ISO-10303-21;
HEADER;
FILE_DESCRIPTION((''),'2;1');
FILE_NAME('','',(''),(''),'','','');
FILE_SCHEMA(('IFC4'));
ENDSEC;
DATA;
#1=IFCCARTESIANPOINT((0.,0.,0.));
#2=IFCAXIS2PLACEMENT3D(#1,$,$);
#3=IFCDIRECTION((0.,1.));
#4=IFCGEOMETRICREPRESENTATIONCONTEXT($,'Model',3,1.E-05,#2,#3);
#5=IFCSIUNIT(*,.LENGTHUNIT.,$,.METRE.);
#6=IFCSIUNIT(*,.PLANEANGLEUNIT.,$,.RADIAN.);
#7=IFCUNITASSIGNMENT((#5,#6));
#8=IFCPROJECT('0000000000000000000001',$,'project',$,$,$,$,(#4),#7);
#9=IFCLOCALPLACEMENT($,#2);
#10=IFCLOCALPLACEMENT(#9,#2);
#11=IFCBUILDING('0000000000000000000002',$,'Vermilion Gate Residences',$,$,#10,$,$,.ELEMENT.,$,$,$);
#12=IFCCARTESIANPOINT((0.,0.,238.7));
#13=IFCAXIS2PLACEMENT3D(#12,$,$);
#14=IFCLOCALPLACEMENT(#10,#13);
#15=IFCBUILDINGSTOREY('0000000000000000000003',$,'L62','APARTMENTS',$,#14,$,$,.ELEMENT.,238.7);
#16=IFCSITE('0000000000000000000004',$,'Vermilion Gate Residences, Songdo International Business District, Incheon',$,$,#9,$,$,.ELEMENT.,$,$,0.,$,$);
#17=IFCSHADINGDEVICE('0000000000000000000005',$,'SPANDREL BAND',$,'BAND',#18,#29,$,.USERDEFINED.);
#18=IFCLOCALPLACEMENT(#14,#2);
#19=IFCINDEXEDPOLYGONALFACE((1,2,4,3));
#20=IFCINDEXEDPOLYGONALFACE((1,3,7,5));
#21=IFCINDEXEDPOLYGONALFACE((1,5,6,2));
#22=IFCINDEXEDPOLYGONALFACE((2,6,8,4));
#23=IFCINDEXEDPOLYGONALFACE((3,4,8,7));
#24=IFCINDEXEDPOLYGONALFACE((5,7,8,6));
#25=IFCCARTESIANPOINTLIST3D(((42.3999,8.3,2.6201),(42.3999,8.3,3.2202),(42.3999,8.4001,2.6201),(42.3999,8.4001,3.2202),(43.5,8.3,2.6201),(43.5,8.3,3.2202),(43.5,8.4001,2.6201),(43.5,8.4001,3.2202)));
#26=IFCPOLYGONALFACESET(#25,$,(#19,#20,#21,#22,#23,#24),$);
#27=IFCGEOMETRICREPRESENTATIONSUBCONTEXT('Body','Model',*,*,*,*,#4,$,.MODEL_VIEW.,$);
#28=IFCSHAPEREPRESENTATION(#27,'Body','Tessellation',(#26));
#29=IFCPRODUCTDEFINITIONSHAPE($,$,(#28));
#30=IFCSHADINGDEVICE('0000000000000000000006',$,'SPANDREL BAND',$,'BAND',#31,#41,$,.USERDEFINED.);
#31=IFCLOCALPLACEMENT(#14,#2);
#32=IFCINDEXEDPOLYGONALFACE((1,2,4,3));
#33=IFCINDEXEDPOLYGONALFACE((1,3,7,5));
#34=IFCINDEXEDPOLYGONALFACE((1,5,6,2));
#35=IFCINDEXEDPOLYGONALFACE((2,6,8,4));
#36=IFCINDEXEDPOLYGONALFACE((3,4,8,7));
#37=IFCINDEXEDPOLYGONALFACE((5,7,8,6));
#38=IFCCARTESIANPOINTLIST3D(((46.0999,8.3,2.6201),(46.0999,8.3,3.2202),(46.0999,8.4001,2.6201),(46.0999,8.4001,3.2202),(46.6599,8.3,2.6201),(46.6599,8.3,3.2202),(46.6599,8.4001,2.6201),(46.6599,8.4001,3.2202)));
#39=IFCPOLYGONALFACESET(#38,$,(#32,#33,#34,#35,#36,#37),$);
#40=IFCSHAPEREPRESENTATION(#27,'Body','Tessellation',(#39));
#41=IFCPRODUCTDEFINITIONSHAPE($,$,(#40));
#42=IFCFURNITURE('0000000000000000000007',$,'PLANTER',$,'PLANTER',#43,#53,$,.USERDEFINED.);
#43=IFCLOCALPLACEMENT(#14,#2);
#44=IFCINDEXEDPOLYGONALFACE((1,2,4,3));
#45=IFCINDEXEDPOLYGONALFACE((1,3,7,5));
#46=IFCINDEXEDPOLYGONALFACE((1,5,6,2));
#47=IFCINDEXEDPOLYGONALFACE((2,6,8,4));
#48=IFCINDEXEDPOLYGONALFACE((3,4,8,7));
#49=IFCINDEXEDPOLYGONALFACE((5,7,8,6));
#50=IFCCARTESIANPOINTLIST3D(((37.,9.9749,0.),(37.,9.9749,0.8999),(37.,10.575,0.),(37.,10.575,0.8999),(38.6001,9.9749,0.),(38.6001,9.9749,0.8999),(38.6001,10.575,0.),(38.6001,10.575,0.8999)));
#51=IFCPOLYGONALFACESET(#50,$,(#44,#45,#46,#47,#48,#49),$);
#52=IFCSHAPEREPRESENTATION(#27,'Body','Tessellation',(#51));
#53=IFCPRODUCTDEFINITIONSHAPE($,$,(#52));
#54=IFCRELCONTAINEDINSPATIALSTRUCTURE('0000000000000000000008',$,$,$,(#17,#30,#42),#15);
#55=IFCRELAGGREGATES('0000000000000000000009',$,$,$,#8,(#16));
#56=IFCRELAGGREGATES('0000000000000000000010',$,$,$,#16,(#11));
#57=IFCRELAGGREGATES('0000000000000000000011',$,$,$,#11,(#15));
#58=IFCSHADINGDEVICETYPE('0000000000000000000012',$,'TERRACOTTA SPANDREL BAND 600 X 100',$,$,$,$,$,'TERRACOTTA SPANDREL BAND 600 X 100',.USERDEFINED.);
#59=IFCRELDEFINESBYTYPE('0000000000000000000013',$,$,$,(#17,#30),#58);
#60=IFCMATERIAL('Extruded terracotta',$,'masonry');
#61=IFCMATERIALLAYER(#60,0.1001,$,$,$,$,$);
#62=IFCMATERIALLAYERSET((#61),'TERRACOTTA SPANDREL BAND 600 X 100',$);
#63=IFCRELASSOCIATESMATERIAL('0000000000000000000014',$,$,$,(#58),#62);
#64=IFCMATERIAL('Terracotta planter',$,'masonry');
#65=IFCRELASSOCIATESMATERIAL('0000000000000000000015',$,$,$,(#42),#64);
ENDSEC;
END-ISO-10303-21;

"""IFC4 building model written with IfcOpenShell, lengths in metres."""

from ifc_helpers import new_model, si_unit, direction, frame, origin, origin_2d, place, context, subcontext, project, spatial, rectangle, extrude, material, layer, layer_set, type_object, element, save


model = new_model("IFC4")

# Units and contexts
model_context = context("Model", 3, precision=1e-05, world=origin(), true_north=direction((0.0, 1.0)))
body_context = subcontext(model_context, "Body", "Model", "MODEL_VIEW")
ifc_project = project(units=[si_unit("LENGTHUNIT", "METRE"), si_unit("PLANEANGLEUNIT", "RADIAN")], contexts=[model_context])

# Site, building, storey
site_placement = place(None, origin())
site = spatial("IfcSite", under=ifc_project, at=site_placement, Name="Vermilion Gate Residences, Songdo International Business District, Incheon", CompositionType="ELEMENT", RefElevation=0.0)
building_placement = place(site_placement, origin())
building = spatial("IfcBuilding", under=site, at=building_placement, Name="Vermilion Gate Residences", CompositionType="ELEMENT")
storey_placement = place(building_placement, frame((0.0, 0.0, 238.7)))
storey = spatial("IfcBuildingStorey", under=building, at=storey_placement, Name="L62", Description="APARTMENTS", CompositionType="ELEMENT", Elevation=238.7)

# Shading devices
ifc_material_1 = material(Name="Extruded terracotta", Category="masonry")
ifc_layer_1 = layer(ifc_material_1, 0.1001)
ifc_layer_set_1 = layer_set([ifc_layer_1], Name="TERRACOTTA SPANDREL BAND 600 X 100")
shading_device_type = type_object("IfcShadingDeviceType", Name="TERRACOTTA SPANDREL BAND 600 X 100", ElementType="TERRACOTTA SPANDREL BAND 600 X 100", PredefinedType="USERDEFINED", material=ifc_layer_set_1)
shading_device_1_placement = place(storey_placement, frame((42.95, 8.3501, 2.6201), z_axis=(0.0, 0.0, 1.0), x_axis=(1.0, 0.0, 0.0)))
element("IfcShadingDevice", 1, at=shading_device_1_placement, inside=storey, type_object=shading_device_type, Name="SPANDREL BAND", ObjectType="BAND", PredefinedType="USERDEFINED", context=body_context, shape_type="SweptSolid", body=[
    extrude(rectangle(XDim=1.1001, YDim=0.1001, at=origin_2d()), origin(), (0.0, 0.0, 1.0), 0.6001),
])
shading_device_2_placement = place(storey_placement, frame((46.3799, 8.3501, 2.6201), z_axis=(0.0, 0.0, 1.0), x_axis=(1.0, 0.0, 0.0)))
element("IfcShadingDevice", 2, at=shading_device_2_placement, inside=storey, type_object=shading_device_type, Name="SPANDREL BAND", ObjectType="BAND", PredefinedType="USERDEFINED", context=body_context, shape_type="SweptSolid", body=[
    extrude(rectangle(XDim=0.5601, YDim=0.1001, at=origin_2d()), origin(), (0.0, 0.0, 1.0), 0.6001),
])

# Furniture
ifc_material_2 = material(Name="Terracotta planter", Category="masonry")
furniture_placement = place(storey_placement, frame((37.8, 10.2749, 0.0), z_axis=(0.0, 0.0, 1.0), x_axis=(1.0, 0.0, 0.0)))
element("IfcFurniture", 3, at=furniture_placement, inside=storey, material=ifc_material_2, Name="PLANTER", ObjectType="PLANTER", PredefinedType="USERDEFINED", context=body_context, shape_type="SweptSolid", body=[
    extrude(rectangle(XDim=1.6001, YDim=0.6001, at=origin_2d()), origin(), (0.0, 0.0, 1.0), 0.8999),
])

save(model, "model.ifc")
